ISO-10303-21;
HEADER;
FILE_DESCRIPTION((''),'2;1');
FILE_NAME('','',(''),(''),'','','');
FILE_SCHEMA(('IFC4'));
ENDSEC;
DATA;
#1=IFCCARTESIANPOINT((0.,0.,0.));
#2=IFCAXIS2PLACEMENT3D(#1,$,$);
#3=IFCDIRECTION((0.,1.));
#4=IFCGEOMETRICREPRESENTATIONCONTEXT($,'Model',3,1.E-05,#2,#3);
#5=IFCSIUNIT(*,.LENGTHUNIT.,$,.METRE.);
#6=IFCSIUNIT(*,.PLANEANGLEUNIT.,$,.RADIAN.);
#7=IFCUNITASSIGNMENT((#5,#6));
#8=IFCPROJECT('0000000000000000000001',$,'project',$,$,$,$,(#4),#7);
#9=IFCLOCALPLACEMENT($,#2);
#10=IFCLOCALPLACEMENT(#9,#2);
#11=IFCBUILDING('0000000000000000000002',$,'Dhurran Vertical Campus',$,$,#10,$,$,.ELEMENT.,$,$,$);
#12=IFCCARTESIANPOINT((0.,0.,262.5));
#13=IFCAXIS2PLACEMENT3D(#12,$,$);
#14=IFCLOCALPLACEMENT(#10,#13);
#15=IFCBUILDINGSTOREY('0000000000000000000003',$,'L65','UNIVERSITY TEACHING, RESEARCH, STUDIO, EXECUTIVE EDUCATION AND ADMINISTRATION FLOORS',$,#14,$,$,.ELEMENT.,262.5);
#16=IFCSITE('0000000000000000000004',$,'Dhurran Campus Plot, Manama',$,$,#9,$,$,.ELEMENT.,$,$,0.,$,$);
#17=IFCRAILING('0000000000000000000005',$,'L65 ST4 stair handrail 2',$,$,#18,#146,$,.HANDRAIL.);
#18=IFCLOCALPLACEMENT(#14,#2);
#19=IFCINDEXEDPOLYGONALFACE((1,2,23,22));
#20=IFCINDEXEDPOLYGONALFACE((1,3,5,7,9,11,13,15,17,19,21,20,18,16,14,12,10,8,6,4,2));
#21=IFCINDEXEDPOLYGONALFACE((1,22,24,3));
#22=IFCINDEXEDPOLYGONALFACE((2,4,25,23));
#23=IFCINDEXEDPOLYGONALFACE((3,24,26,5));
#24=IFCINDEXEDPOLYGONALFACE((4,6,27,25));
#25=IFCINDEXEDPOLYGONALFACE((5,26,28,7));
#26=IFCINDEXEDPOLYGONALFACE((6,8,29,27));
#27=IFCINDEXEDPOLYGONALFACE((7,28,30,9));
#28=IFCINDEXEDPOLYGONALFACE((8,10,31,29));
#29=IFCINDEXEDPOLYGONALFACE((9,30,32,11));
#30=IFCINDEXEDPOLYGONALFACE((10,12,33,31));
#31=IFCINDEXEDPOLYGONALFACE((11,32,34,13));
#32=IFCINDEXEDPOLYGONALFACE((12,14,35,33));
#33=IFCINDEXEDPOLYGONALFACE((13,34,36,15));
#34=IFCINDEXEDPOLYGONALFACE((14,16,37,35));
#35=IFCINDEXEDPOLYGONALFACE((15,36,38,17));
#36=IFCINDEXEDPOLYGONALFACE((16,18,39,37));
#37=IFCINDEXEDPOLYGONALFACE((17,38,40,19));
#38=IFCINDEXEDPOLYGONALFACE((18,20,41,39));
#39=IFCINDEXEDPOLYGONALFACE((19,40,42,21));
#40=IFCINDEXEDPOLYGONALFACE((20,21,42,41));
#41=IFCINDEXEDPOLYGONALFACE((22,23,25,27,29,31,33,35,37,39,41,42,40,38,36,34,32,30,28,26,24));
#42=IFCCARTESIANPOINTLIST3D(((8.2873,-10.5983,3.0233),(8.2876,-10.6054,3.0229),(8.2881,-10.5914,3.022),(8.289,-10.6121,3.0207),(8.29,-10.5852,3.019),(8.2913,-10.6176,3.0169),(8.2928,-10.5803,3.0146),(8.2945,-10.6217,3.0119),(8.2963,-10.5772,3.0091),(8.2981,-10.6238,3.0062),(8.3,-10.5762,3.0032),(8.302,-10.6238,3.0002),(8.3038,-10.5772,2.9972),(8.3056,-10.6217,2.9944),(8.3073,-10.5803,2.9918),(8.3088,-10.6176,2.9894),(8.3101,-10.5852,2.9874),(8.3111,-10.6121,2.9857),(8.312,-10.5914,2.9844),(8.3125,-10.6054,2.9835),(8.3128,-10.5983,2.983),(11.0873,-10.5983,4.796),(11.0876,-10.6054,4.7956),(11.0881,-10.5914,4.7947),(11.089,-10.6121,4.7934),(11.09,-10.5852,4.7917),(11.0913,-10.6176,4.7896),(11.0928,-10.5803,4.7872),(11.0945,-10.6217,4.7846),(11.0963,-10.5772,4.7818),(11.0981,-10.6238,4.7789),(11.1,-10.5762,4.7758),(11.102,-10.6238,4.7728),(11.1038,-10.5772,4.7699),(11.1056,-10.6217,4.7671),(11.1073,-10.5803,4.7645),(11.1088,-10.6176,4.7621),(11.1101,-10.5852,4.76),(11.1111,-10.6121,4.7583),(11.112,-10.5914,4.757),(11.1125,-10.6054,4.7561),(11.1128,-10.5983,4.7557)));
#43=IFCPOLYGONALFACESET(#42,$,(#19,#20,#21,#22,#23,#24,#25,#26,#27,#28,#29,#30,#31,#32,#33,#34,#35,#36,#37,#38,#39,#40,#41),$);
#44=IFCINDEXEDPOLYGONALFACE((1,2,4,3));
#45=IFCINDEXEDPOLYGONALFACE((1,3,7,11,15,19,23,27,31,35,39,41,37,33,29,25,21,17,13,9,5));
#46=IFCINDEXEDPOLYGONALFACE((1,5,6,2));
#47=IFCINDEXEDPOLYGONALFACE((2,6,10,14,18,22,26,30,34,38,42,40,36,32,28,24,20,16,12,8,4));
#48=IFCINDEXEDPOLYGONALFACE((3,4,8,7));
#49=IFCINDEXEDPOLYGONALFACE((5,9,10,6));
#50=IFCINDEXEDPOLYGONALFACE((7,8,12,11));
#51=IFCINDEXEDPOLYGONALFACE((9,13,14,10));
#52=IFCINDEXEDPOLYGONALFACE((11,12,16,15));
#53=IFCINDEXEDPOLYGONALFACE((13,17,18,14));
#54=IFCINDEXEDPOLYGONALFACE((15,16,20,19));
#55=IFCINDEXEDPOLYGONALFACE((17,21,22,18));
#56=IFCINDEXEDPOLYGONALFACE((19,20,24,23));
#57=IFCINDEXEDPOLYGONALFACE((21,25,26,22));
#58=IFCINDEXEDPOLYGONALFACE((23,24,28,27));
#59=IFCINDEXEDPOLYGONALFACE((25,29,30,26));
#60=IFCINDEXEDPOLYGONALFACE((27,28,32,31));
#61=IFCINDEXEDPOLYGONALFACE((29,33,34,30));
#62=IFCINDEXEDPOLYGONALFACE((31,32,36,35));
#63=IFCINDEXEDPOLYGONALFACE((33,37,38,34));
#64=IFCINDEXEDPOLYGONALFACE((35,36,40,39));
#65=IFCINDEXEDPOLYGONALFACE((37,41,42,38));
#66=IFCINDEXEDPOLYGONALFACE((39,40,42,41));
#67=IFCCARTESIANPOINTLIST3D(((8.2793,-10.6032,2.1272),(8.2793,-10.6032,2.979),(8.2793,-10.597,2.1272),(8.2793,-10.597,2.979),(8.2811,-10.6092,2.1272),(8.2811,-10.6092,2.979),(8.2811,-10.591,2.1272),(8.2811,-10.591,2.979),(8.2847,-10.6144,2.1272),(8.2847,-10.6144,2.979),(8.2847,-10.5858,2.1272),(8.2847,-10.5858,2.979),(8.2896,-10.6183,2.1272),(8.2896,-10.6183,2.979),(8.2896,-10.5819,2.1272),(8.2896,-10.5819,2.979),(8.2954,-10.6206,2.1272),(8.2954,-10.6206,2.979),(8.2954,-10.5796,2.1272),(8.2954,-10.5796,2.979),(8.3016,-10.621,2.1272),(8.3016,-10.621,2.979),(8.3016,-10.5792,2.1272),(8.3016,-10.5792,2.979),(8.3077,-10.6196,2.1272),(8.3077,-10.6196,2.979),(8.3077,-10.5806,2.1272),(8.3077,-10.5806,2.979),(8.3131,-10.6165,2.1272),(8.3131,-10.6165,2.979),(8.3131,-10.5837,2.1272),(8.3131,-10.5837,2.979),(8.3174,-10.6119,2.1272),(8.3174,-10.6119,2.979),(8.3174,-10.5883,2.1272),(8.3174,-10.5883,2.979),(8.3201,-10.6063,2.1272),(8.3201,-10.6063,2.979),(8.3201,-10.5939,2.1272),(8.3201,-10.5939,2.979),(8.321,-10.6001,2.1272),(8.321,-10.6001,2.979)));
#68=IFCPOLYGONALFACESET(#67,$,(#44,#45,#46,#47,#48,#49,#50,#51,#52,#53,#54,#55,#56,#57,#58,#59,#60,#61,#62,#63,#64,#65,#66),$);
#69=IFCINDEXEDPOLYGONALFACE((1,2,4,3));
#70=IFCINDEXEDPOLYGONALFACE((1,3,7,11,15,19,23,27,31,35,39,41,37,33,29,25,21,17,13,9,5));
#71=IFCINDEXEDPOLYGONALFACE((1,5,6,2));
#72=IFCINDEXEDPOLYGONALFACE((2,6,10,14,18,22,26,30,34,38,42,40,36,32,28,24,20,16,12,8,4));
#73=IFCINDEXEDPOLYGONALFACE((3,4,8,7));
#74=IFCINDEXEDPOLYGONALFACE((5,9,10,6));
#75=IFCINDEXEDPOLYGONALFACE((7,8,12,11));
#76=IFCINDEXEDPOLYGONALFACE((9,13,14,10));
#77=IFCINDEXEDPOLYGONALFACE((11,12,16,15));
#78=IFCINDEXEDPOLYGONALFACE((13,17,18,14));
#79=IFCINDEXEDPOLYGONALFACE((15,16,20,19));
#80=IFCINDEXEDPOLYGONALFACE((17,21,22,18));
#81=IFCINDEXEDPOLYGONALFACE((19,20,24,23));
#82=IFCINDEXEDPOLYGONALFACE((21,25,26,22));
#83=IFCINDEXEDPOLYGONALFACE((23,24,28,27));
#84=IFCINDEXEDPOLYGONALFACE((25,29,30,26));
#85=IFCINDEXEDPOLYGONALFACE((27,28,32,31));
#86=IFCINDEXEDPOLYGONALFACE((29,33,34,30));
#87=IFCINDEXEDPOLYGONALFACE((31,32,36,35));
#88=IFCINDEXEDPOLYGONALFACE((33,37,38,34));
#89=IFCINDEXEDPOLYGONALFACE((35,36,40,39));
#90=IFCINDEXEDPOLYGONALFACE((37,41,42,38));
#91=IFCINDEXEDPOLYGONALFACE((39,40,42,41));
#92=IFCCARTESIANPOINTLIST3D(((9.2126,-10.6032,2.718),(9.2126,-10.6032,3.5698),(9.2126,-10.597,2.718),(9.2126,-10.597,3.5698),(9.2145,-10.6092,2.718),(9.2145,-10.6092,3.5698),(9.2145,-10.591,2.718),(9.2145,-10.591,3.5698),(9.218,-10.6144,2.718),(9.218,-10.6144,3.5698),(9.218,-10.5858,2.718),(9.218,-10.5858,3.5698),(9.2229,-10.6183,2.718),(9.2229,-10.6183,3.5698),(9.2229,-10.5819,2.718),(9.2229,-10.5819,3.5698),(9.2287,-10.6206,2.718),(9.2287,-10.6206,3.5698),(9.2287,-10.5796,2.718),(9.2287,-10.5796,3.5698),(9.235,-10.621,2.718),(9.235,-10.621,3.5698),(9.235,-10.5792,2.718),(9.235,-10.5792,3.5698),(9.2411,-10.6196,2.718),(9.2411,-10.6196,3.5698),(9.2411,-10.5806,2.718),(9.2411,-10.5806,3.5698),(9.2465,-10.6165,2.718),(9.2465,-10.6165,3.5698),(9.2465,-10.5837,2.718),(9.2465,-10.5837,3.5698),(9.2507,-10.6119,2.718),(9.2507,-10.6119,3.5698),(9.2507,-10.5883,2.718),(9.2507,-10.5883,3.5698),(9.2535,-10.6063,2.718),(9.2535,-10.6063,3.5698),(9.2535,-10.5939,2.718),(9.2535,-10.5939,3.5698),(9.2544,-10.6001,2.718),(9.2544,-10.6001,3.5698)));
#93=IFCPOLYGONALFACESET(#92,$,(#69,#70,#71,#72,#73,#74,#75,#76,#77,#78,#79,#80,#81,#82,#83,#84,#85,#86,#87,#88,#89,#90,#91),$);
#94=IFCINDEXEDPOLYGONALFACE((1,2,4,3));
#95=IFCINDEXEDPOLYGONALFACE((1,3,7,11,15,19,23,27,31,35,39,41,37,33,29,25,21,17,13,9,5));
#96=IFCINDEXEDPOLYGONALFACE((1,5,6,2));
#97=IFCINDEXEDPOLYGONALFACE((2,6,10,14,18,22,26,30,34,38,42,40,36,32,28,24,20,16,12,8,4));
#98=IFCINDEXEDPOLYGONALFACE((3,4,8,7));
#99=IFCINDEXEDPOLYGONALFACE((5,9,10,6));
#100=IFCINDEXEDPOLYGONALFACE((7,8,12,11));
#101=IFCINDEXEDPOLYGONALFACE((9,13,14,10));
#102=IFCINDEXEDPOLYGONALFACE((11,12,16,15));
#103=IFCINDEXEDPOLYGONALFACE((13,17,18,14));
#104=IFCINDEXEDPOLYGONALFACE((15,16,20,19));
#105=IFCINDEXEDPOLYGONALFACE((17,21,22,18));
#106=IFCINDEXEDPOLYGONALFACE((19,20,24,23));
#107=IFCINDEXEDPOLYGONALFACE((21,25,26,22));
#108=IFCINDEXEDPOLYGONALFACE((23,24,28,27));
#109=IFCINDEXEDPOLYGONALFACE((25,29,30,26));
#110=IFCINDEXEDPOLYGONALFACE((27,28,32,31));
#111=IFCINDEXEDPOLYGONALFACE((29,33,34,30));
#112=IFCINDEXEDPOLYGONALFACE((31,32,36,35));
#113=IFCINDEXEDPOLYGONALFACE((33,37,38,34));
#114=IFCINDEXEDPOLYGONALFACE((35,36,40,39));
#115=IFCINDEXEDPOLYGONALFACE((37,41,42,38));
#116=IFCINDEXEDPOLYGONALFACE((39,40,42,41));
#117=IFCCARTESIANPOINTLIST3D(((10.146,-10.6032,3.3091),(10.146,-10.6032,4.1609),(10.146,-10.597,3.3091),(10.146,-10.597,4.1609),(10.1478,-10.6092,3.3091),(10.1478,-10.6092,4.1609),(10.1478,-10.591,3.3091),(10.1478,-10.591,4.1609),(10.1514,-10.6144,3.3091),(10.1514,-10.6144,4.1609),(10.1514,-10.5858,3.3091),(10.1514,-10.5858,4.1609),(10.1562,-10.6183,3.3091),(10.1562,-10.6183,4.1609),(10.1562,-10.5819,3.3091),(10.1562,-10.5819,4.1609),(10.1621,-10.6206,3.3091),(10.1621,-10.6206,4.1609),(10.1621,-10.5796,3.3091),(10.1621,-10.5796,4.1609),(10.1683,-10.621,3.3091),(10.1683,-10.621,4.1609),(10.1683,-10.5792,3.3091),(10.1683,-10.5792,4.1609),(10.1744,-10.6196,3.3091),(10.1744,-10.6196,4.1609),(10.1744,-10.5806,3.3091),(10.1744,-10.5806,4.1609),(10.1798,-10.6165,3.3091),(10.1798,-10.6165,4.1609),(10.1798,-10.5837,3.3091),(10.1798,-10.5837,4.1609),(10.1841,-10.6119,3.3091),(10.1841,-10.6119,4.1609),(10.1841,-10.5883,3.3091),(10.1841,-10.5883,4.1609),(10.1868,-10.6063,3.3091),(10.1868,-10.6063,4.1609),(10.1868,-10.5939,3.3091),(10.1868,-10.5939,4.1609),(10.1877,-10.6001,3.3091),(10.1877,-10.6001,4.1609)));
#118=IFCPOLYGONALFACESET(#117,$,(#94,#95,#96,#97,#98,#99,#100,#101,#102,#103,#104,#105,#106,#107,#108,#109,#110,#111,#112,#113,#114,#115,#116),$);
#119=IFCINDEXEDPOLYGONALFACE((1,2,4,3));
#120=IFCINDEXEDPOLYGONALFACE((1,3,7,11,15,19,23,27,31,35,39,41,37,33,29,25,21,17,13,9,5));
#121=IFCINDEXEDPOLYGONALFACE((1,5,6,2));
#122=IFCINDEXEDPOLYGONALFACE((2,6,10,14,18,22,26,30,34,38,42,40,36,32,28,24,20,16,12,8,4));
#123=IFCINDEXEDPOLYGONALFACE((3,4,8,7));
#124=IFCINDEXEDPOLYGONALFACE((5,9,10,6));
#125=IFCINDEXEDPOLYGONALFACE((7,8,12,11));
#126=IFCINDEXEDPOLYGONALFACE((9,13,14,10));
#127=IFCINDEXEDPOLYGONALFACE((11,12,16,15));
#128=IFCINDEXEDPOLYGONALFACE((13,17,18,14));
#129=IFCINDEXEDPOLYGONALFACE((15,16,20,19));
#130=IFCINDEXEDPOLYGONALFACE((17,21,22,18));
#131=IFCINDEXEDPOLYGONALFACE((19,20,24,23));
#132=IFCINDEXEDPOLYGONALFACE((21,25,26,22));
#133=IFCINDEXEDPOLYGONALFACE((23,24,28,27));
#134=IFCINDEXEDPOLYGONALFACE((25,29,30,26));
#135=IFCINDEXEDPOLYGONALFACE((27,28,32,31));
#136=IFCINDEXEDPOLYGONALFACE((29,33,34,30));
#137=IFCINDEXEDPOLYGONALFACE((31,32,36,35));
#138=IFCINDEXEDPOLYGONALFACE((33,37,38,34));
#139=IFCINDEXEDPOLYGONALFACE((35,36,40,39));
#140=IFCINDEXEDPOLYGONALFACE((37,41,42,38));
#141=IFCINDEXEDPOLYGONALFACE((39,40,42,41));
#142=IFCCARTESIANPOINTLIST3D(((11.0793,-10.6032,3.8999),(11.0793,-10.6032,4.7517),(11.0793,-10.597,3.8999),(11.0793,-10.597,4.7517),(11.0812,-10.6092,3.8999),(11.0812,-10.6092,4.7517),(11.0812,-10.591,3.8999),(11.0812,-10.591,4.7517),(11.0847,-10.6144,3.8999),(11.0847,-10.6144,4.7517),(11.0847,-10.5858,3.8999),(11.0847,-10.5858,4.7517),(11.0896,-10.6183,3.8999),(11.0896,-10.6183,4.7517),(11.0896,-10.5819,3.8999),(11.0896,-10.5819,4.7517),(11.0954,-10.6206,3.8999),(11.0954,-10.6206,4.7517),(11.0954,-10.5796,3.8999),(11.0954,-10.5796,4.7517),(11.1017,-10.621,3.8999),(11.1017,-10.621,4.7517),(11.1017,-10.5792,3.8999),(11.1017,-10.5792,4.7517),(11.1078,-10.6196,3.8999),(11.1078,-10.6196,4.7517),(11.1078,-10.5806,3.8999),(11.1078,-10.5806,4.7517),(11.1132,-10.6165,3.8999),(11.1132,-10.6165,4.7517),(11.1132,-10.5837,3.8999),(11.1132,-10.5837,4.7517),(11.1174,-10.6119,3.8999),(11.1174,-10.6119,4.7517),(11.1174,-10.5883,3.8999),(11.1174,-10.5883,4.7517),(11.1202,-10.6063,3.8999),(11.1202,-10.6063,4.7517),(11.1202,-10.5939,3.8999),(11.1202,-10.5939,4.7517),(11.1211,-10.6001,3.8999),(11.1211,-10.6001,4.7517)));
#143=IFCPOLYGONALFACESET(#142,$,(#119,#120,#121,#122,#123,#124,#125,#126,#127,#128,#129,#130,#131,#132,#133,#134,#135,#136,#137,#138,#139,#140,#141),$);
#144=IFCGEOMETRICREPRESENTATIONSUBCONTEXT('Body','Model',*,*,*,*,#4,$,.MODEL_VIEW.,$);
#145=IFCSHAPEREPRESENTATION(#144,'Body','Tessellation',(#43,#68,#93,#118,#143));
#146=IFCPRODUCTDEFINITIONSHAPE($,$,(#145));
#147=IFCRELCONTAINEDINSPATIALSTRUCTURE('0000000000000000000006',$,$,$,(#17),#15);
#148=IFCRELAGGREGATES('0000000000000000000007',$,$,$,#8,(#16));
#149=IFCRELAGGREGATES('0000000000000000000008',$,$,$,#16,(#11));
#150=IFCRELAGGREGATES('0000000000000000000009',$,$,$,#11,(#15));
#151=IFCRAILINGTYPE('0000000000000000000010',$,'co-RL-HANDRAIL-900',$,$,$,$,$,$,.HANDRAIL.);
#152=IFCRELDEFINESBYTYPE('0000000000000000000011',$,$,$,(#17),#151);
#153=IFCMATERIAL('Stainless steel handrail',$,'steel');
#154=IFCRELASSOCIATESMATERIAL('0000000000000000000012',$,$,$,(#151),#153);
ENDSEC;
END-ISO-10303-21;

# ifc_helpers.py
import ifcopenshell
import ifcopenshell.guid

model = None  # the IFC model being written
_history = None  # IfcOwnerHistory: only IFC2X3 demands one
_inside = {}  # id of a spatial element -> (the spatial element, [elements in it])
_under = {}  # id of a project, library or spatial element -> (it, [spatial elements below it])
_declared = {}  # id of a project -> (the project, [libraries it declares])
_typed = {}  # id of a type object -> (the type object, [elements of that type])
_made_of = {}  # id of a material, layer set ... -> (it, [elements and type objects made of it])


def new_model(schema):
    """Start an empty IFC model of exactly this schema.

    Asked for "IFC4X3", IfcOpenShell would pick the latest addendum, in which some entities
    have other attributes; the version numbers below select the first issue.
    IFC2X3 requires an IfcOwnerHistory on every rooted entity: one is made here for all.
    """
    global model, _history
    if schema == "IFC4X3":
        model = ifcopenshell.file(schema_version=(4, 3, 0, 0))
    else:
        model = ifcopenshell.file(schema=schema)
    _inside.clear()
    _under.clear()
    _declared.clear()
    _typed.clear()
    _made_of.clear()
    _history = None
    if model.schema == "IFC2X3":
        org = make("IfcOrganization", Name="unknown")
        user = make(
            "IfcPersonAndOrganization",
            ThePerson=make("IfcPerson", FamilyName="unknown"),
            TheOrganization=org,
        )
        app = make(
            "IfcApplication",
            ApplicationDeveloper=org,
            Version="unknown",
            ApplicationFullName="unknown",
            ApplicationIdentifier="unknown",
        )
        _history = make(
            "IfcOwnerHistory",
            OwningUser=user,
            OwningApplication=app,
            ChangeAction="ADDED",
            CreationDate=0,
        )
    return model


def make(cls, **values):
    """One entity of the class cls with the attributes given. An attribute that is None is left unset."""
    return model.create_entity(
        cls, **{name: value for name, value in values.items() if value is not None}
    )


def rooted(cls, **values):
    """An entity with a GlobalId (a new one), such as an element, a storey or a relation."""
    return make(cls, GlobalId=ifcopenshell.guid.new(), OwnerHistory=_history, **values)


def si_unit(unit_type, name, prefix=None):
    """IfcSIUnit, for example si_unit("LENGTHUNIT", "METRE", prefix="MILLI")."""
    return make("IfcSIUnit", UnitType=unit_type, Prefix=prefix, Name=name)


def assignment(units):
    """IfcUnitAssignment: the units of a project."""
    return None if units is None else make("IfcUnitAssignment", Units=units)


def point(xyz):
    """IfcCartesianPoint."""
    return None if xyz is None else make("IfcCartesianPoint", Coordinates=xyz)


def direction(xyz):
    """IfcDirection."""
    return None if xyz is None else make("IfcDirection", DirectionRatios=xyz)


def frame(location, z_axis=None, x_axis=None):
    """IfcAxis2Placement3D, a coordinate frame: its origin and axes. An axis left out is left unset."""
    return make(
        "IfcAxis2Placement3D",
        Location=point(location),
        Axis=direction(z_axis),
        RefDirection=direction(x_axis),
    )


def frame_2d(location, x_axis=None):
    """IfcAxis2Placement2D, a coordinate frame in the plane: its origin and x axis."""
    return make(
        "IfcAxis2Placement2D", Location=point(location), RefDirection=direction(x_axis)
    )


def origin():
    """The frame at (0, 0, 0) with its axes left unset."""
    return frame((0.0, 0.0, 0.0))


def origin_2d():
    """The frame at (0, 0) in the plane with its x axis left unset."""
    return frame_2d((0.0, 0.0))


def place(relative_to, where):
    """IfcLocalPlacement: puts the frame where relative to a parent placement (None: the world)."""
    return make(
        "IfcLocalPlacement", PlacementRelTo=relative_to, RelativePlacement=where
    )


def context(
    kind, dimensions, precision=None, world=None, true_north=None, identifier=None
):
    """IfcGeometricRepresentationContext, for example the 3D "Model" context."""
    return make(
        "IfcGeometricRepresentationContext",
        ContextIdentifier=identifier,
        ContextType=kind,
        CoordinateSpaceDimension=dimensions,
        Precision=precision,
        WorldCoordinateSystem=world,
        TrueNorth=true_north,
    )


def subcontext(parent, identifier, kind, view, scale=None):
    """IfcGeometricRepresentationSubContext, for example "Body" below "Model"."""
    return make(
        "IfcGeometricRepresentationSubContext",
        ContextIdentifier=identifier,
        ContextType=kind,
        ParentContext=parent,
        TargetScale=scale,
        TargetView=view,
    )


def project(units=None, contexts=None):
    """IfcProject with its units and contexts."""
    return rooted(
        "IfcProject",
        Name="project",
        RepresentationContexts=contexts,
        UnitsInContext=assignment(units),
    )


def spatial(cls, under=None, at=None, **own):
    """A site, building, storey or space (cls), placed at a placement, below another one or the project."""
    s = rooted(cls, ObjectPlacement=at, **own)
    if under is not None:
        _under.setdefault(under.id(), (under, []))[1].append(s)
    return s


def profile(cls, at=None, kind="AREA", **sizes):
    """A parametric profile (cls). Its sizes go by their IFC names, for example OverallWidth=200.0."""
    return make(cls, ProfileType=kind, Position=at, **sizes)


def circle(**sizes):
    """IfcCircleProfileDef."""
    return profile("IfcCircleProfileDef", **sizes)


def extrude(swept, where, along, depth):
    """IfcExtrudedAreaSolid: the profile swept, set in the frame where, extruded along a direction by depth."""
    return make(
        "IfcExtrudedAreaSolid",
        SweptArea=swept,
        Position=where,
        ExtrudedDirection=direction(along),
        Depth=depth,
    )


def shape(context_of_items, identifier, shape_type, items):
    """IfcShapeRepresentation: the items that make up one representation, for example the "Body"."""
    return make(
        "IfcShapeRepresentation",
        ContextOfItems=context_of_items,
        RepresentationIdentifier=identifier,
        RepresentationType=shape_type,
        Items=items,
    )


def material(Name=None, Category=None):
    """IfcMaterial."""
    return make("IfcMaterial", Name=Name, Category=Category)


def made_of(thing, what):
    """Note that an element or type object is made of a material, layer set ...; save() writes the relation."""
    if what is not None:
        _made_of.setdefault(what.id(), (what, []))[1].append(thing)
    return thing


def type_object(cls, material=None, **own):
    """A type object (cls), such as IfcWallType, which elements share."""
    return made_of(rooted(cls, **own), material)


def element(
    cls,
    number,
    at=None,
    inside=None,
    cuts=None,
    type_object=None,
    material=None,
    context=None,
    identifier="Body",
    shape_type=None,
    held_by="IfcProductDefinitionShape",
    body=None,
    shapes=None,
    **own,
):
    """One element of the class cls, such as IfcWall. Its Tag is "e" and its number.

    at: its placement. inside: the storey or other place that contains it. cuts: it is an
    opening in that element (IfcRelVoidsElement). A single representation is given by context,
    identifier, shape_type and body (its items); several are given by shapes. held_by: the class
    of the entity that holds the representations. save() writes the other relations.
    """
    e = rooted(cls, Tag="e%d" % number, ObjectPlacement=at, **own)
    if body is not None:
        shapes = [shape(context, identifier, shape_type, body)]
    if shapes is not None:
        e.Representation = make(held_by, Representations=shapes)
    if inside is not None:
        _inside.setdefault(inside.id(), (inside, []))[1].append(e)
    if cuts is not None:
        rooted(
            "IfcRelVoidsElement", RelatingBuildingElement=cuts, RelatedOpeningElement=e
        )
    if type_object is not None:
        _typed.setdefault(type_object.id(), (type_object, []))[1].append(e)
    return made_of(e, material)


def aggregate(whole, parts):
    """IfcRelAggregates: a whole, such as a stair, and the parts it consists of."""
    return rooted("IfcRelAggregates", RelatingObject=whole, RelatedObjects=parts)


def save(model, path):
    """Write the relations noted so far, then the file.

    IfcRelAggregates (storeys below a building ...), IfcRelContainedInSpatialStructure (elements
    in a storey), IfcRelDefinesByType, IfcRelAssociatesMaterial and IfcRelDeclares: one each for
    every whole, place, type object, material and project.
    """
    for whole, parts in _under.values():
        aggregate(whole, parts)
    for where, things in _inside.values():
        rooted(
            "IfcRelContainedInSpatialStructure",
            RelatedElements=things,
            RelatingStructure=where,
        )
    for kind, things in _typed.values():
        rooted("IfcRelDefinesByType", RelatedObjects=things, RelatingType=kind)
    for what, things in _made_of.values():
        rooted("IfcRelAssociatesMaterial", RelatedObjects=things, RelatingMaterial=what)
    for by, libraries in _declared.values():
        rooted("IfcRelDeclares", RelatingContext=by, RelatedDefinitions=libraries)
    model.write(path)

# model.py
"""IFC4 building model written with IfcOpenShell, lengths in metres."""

from ifc_helpers import new_model, si_unit, direction, frame, origin, origin_2d, place, context, subcontext, project, spatial, circle, extrude, material, type_object, element, save


model = new_model("IFC4")

# Units and contexts
model_context = context("Model", 3, precision=1e-05, world=origin(), true_north=direction((0.0, 1.0)))
body_context = subcontext(model_context, "Body", "Model", "MODEL_VIEW")
ifc_project = project(units=[si_unit("LENGTHUNIT", "METRE"), si_unit("PLANEANGLEUNIT", "RADIAN")], contexts=[model_context])

# Site, building, storey
site_placement = place(None, origin())
site = spatial("IfcSite", under=ifc_project, at=site_placement, Name="Dhurran Campus Plot, Manama", CompositionType="ELEMENT", RefElevation=0.0)
building_placement = place(site_placement, origin())
building = spatial("IfcBuilding", under=site, at=building_placement, Name="Dhurran Vertical Campus", CompositionType="ELEMENT")
storey_placement = place(building_placement, frame((0.0, 0.0, 262.5)))
storey = spatial("IfcBuildingStorey", under=building, at=storey_placement, Name="L65", Description="UNIVERSITY TEACHING, RESEARCH, STUDIO, EXECUTIVE EDUCATION AND ADMINISTRATION FLOORS", CompositionType="ELEMENT", Elevation=262.5)

# Railing
ifc_material_1 = material(Name="Stainless steel handrail", Category="steel")
railing_type_1 = type_object("IfcRailingType", Name="co-RL-HANDRAIL-900", PredefinedType="HANDRAIL", material=ifc_material_1)
railing_1_placement = place(storey_placement, frame((8.3, -10.6001, 2.1272)))
element("IfcRailing", 1, at=railing_1_placement, inside=storey, type_object=railing_type_1, Name="L65 ST4 stair handrail 2", PredefinedType="HANDRAIL", context=body_context, shape_type="SweptSolid", body=[
    extrude(circle(Radius=0.0239, at=origin_2d()), frame((0.0, 0.0, 0.876), z_axis=(0.844909, 0.0, 0.53491), x_axis=(0.0, 1.0, 0.0)), (0.0, 0.0, 1.0), 3.314),
    extrude(circle(Radius=0.021, at=origin_2d()), origin(), (0.0, 0.0, 1.0), 0.8518),
    extrude(circle(Radius=0.021, at=origin_2d()), frame((0.9333, 0.0, 0.5908)), (0.0, 0.0, 1.0), 0.8518),
    extrude(circle(Radius=0.021, at=origin_2d()), frame((1.8667, 0.0, 1.1819)), (0.0, 0.0, 1.0), 0.8518),
    extrude(circle(Radius=0.021, at=origin_2d()), frame((2.8, 0.0, 1.7727)), (0.0, 0.0, 1.0), 0.8518),
])

save(model, "model.ifc")
